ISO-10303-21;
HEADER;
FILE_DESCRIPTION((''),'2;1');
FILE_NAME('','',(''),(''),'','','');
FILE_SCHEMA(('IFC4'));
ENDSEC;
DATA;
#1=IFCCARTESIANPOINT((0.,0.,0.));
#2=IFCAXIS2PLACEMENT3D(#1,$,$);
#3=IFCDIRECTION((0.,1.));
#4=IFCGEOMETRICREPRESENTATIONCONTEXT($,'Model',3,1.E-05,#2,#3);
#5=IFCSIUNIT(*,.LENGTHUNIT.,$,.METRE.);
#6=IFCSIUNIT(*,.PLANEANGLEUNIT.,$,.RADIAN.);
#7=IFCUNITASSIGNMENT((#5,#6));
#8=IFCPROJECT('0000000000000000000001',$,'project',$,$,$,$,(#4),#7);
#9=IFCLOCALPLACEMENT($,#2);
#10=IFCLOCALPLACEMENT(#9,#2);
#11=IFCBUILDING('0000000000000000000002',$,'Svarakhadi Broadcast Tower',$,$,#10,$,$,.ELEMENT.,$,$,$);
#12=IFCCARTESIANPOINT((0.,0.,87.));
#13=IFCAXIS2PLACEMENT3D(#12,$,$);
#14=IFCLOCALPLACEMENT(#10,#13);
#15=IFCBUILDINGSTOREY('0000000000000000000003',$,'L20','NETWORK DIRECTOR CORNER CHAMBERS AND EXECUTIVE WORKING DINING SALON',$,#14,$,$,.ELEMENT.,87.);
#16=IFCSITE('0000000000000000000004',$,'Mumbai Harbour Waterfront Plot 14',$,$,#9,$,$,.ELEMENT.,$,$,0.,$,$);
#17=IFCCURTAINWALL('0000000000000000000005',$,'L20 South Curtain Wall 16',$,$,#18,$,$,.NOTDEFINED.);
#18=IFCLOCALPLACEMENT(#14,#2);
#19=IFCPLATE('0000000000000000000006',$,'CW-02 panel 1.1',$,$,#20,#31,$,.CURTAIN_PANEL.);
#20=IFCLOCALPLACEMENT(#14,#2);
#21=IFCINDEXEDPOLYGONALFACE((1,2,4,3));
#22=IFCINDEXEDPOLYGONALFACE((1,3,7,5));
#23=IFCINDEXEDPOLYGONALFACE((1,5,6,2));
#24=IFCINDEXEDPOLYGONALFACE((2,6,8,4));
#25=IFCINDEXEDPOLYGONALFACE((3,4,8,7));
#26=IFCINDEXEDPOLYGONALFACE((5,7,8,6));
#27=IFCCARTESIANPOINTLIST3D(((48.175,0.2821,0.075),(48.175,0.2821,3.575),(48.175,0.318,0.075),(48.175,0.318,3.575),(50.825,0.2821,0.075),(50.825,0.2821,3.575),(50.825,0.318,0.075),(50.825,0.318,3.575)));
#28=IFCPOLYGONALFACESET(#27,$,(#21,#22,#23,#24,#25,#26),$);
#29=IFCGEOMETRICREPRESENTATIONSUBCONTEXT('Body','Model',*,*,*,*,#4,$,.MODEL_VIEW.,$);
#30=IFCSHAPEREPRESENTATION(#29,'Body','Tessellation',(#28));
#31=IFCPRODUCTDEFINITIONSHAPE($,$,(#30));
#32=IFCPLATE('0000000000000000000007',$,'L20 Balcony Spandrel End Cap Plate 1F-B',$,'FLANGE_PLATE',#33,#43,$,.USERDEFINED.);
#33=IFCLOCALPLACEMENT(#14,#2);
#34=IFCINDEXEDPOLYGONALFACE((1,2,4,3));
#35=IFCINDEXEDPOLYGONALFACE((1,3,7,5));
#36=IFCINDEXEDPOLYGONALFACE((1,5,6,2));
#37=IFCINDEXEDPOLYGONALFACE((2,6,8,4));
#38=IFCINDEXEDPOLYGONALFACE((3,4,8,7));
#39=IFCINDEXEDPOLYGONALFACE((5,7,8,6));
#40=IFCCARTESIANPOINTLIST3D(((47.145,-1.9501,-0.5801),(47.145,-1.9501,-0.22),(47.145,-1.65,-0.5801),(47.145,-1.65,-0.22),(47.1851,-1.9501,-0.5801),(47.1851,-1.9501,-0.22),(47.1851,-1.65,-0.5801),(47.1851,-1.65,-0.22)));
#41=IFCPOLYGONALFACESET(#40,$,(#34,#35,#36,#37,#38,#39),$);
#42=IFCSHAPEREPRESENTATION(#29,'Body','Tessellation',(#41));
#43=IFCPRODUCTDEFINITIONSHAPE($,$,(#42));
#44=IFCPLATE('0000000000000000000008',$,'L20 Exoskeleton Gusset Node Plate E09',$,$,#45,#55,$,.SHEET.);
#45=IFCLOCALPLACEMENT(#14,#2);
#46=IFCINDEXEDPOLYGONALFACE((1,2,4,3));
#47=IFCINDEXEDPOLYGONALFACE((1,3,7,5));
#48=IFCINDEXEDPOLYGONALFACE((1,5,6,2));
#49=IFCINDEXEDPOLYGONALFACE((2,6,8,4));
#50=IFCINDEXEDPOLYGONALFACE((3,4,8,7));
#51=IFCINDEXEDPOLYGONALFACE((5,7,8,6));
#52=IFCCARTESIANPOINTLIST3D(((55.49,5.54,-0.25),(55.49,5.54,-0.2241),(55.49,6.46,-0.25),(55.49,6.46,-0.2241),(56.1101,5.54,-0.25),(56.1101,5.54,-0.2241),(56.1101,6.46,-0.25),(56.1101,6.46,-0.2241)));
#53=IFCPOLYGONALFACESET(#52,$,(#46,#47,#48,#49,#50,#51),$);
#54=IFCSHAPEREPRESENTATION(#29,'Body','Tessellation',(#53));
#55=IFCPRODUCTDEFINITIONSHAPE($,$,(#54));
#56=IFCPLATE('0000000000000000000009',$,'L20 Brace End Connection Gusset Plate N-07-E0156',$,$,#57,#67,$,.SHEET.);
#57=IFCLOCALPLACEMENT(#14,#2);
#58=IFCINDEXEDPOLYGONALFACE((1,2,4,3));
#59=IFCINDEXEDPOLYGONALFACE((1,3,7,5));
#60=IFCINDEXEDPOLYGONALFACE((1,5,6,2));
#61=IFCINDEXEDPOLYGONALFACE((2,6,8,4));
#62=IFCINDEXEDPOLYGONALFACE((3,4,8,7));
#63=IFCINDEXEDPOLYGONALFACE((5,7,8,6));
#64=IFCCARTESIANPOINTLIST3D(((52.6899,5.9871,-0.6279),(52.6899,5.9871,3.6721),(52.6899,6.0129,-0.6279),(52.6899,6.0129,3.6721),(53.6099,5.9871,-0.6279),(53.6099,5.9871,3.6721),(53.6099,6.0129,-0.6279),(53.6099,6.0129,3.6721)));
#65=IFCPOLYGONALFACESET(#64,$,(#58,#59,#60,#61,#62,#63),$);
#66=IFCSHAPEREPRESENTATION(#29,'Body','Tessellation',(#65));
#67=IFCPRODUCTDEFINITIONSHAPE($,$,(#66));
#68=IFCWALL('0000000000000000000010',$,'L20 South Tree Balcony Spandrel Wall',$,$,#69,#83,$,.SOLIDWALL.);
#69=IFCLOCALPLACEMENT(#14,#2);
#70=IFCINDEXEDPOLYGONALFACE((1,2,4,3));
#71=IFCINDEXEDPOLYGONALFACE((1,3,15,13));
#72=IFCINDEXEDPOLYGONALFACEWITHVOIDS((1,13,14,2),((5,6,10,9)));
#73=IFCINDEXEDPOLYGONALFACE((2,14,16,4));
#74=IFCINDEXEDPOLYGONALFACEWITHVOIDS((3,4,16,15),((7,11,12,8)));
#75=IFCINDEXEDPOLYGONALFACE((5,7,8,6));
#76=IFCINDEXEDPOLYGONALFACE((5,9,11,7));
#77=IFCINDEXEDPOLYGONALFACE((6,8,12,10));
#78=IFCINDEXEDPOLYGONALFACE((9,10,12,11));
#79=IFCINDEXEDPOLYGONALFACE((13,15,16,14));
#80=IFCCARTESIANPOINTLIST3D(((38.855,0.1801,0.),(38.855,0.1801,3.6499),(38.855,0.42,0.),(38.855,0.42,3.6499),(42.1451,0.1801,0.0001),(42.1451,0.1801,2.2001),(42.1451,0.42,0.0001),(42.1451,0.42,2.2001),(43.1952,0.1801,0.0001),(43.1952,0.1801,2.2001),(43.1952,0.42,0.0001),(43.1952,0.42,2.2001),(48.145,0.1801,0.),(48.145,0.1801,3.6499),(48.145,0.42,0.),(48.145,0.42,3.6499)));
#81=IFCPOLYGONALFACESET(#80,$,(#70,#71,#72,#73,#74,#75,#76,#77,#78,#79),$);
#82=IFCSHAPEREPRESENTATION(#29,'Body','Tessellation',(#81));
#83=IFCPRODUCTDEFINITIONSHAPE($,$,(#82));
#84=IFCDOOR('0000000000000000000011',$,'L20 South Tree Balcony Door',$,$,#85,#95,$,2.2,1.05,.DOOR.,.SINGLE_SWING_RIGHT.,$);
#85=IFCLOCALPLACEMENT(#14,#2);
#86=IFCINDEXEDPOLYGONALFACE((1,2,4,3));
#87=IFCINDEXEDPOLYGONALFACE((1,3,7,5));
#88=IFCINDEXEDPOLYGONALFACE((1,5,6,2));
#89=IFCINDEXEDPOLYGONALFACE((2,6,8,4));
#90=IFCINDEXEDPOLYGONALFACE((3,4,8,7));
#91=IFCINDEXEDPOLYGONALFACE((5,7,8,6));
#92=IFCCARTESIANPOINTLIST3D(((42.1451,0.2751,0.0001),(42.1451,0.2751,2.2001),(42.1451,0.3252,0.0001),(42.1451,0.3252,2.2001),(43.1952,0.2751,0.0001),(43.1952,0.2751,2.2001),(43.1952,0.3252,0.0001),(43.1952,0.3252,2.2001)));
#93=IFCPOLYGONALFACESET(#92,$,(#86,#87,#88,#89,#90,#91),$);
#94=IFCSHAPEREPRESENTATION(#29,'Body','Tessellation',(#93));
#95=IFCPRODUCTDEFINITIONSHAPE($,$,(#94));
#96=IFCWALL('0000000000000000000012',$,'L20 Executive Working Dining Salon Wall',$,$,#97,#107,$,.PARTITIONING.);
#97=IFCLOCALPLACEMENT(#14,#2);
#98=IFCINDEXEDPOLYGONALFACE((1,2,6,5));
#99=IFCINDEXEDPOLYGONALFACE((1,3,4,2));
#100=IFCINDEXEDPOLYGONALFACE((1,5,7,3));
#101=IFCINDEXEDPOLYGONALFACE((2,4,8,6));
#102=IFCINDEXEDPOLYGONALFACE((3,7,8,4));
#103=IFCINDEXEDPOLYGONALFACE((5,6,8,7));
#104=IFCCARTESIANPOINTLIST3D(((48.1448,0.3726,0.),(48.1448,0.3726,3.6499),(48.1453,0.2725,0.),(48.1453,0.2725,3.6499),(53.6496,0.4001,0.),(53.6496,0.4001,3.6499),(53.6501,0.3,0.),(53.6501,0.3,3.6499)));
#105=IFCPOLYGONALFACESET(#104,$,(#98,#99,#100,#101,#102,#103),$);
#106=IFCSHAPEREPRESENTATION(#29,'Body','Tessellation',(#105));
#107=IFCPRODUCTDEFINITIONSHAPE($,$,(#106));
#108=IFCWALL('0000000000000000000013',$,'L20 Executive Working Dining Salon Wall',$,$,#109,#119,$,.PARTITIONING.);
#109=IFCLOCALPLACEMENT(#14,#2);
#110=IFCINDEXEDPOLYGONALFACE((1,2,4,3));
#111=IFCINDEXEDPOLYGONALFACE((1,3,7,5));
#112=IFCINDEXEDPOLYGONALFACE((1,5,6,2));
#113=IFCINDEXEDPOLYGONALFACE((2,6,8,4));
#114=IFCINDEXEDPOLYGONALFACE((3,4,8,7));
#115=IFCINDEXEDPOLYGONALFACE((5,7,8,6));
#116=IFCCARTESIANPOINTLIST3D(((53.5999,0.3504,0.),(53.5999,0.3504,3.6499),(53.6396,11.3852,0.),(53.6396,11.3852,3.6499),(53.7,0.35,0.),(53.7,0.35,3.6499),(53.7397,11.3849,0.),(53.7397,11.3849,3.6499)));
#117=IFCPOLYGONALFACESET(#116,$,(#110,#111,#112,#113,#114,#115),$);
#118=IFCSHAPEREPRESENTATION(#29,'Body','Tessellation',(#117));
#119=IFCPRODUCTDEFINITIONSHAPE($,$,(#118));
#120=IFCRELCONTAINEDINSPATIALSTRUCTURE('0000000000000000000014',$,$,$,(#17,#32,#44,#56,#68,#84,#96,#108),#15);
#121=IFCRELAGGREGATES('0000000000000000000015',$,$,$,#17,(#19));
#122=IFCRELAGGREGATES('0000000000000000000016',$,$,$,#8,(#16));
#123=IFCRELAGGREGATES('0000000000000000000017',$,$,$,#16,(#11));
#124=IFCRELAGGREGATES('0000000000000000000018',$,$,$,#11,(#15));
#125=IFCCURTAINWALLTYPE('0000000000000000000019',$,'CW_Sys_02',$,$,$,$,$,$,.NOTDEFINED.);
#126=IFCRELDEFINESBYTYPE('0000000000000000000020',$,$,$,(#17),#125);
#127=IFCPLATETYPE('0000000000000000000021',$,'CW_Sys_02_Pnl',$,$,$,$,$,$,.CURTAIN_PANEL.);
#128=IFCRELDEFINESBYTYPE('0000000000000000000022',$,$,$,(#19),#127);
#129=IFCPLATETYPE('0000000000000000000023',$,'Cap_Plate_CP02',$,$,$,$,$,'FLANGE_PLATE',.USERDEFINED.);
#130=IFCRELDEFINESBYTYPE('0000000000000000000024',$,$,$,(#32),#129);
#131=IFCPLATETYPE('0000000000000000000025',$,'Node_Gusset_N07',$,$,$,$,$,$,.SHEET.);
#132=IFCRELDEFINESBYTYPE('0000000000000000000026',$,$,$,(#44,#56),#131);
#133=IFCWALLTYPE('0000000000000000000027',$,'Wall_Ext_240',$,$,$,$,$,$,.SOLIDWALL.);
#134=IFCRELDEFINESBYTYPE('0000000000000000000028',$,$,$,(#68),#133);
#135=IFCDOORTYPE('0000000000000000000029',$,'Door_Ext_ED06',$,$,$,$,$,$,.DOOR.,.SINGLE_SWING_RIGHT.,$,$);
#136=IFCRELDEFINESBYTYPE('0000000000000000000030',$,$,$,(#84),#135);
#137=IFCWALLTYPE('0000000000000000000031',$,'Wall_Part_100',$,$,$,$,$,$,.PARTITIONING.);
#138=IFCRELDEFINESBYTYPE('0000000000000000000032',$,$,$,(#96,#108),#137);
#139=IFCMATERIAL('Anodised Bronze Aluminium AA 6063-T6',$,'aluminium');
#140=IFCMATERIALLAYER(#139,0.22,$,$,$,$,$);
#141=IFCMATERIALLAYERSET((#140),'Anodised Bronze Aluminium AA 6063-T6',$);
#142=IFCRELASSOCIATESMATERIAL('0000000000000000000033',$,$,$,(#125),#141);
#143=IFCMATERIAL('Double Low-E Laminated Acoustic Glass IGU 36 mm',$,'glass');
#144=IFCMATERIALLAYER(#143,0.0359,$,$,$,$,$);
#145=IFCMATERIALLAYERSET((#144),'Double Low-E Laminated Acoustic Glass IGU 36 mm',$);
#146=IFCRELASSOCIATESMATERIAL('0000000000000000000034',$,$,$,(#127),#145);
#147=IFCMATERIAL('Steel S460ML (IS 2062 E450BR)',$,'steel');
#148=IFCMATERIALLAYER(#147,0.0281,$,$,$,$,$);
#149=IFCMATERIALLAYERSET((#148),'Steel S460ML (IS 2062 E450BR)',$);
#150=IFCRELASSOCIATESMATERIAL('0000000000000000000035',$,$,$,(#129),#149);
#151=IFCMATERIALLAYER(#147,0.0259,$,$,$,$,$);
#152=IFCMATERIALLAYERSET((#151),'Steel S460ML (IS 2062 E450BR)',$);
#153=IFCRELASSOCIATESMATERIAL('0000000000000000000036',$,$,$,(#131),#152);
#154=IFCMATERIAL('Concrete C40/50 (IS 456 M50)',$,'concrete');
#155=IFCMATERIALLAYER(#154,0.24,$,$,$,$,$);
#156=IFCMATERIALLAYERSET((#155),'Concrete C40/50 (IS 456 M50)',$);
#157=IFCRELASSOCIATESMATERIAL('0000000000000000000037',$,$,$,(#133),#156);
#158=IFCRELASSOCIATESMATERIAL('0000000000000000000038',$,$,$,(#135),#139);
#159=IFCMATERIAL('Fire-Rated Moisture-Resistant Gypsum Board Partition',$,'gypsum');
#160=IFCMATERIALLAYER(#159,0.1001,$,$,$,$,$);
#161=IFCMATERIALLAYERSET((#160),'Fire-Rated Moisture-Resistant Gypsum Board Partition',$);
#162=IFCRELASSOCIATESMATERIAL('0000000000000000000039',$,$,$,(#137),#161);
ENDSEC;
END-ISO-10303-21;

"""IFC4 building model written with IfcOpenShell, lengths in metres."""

from ifc_helpers import new_model, si_unit, direction, frame, frame_2d, origin, origin_2d, place, context, subcontext, project, spatial, rectangle, extrude, material, layer, layer_set, type_object, element, fill, aggregate, save


model = new_model("IFC4")

# Units and contexts
model_context = context("Model", 3, precision=1e-05, world=origin(), true_north=direction((0.0, 1.0)))
body_context = subcontext(model_context, "Body", "Model", "MODEL_VIEW")
ifc_project = project(units=[si_unit("LENGTHUNIT", "METRE"), si_unit("PLANEANGLEUNIT", "RADIAN")], contexts=[model_context])

# Site, building, storey
site_placement = place(None, origin())
site = spatial("IfcSite", under=ifc_project, at=site_placement, Name="Mumbai Harbour Waterfront Plot 14", CompositionType="ELEMENT", RefElevation=0.0)
building_placement = place(site_placement, origin())
building = spatial("IfcBuilding", under=site, at=building_placement, Name="Svarakhadi Broadcast Tower", CompositionType="ELEMENT")
storey_placement = place(building_placement, frame((0.0, 0.0, 87.0)))
storey = spatial("IfcBuildingStorey", under=building, at=storey_placement, Name="L20", Description="NETWORK DIRECTOR CORNER CHAMBERS AND EXECUTIVE WORKING DINING SALON", CompositionType="ELEMENT", Elevation=87.0)

# Curtain wall
ifc_material_1 = material(Name="Anodised Bronze Aluminium AA 6063-T6", Category="aluminium")
ifc_layer_1 = layer(ifc_material_1, 0.22)
ifc_layer_set_1 = layer_set([ifc_layer_1], Name="Anodised Bronze Aluminium AA 6063-T6")
curtain_wall_type = type_object("IfcCurtainWallType", Name="CW_Sys_02", PredefinedType="NOTDEFINED", material=ifc_layer_set_1)
curtain_wall_1_placement = place(storey_placement, origin())
curtain_wall_1 = element("IfcCurtainWall", 1, at=curtain_wall_1_placement, inside=storey, type_object=curtain_wall_type, Name="L20 South Curtain Wall 16", PredefinedType="NOTDEFINED")

# Shared definitions
ifc_material_2 = material(Name="Steel S460ML (IS 2062 E450BR)", Category="steel")

# Plate
ifc_material_3 = material(Name="Double Low-E Laminated Acoustic Glass IGU 36 mm", Category="glass")
ifc_layer_2 = layer(ifc_material_3, 0.0359)
ifc_layer_set_2 = layer_set([ifc_layer_2], Name="Double Low-E Laminated Acoustic Glass IGU 36 mm")
plate_type_1 = type_object("IfcPlateType", Name="CW_Sys_02_Pnl", PredefinedType="CURTAIN_PANEL", material=ifc_layer_set_2)
plate_1_placement = place(storey_placement, frame((49.5, 0.3, 0.075), z_axis=(0.0, 0.0, 1.0), x_axis=(-1.0, 0.0, 0.0)))
plate_1 = element("IfcPlate", 2, at=plate_1_placement, type_object=plate_type_1, Name="CW-02 panel 1.1", PredefinedType="CURTAIN_PANEL", context=body_context, shape_type="SweptSolid", body=[
    extrude(rectangle(XDim=2.6499, YDim=0.0359, at=origin_2d()), origin(), (0.0, 0.0, 1.0), 3.5),
])
aggregate(curtain_wall_1, [plate_1])

# Plates
ifc_layer_3 = layer(ifc_material_2, 0.0281)
ifc_layer_set_3 = layer_set([ifc_layer_3], Name="Steel S460ML (IS 2062 E450BR)")
plate_type_2 = type_object("IfcPlateType", Name="Cap_Plate_CP02", ElementType="FLANGE_PLATE", PredefinedType="USERDEFINED", material=ifc_layer_set_3)
plate_2_placement = place(storey_placement, frame((47.165, -1.8, -0.5801), z_axis=(0.0, 0.0, 1.0), x_axis=(1.0, 0.0, 0.0)))
element("IfcPlate", 3, at=plate_2_placement, inside=storey, type_object=plate_type_2, Name="L20 Balcony Spandrel End Cap Plate 1F-B", ObjectType="FLANGE_PLATE", PredefinedType="USERDEFINED", context=body_context, shape_type="SweptSolid", body=[
    extrude(rectangle(XDim=0.04, YDim=0.3, at=origin_2d()), origin(), (0.0, 0.0, 1.0), 0.3601),
])
ifc_layer_4 = layer(ifc_material_2, 0.0259)
ifc_layer_set_4 = layer_set([ifc_layer_4], Name="Steel S460ML (IS 2062 E450BR)")
plate_type_3 = type_object("IfcPlateType", Name="Node_Gusset_N07", PredefinedType="SHEET", material=ifc_layer_set_4)
plate_3_placement = place(storey_placement, frame((55.8, 6.0, -0.25), z_axis=(0.0, 0.0, 1.0), x_axis=(0.0, 1.0, 0.0)))
element("IfcPlate", 4, at=plate_3_placement, inside=storey, type_object=plate_type_3, Name="L20 Exoskeleton Gusset Node Plate E09", PredefinedType="SHEET", context=body_context, shape_type="SweptSolid", body=[
    extrude(rectangle(XDim=0.9199, YDim=0.6201, at=origin_2d()), origin(), (0.0, 0.0, 1.0), 0.0259),
])
plate_4_placement = place(storey_placement, frame((53.1499, 6.0, -0.6279), z_axis=(0.0, 0.0, 1.0), x_axis=(1.0, 0.0, 0.0)))
element("IfcPlate", 5, at=plate_4_placement, inside=storey, type_object=plate_type_3, Name="L20 Brace End Connection Gusset Plate N-07-E0156", PredefinedType="SHEET", context=body_context, shape_type="SweptSolid", body=[
    extrude(rectangle(XDim=0.9199, YDim=0.0259, at=origin_2d()), origin(), (0.0, 0.0, 1.0), 4.3),
])

# Wall, opening, door
ifc_material_4 = material(Name="Concrete C40/50 (IS 456 M50)", Category="concrete")
ifc_layer_5 = layer(ifc_material_4, 0.24)
ifc_layer_set_5 = layer_set([ifc_layer_5], Name="Concrete C40/50 (IS 456 M50)")
wall_type_1 = type_object("IfcWallType", Name="Wall_Ext_240", PredefinedType="SOLIDWALL", material=ifc_layer_set_5)
wall_1_placement = place(storey_placement, frame((48.145, 0.3, 0.0), z_axis=(0.0, 0.0, 1.0), x_axis=(-1.0, 0.0, 0.0)))
wall_1 = element("IfcWall", 6, at=wall_1_placement, inside=storey, type_object=wall_type_1, Name="L20 South Tree Balcony Spandrel Wall", PredefinedType="SOLIDWALL", context=body_context, shape_type="SweptSolid", body=[
    extrude(rectangle(XDim=9.29, YDim=0.24, at=frame_2d((4.645, 0.0))), origin(), (0.0, 0.0, 1.0), 3.6499),
])
opening_placement = place(wall_1_placement, frame((4.95, 0.0, 0.0)))
opening = element("IfcOpeningElement", 7, at=opening_placement, cuts=wall_1, PredefinedType="OPENING", context=body_context, shape_type="SweptSolid", body=[
    extrude(rectangle(XDim=1.05, YDim=2.2, at=frame_2d((0.5249, 1.1001))), frame((0.0, 0.1299, 0.0), z_axis=(0.0, -1.0, 0.0), x_axis=(1.0, 0.0, 0.0)), (0.0, 0.0, 1.0), 0.26),
])
door_type = type_object("IfcDoorType", Name="Door_Ext_ED06", OperationType="SINGLE_SWING_RIGHT", PredefinedType="DOOR", material=ifc_material_1)
door_placement = place(opening_placement, origin())
door = element("IfcDoor", 8, at=door_placement, inside=storey, type_object=door_type, Name="L20 South Tree Balcony Door", OperationType="SINGLE_SWING_RIGHT", OverallHeight=2.2, OverallWidth=1.05, PredefinedType="DOOR", context=body_context, shape_type="SweptSolid", body=[
    extrude(rectangle(XDim=1.05, YDim=2.2, at=frame_2d((0.5249, 1.1001))), frame((0.0, 0.0249, 0.0), z_axis=(0.0, -1.0, 0.0), x_axis=(1.0, 0.0, 0.0)), (0.0, 0.0, 1.0), 0.05),
])
fill(opening, door)

# Walls
ifc_material_5 = material(Name="Fire-Rated Moisture-Resistant Gypsum Board Partition", Category="gypsum")
ifc_layer_6 = layer(ifc_material_5, 0.1001)
ifc_layer_set_6 = layer_set([ifc_layer_6], Name="Fire-Rated Moisture-Resistant Gypsum Board Partition")
wall_type_2 = type_object("IfcWallType", Name="Wall_Part_100", PredefinedType="PARTITIONING", material=ifc_layer_set_6)
wall_2_placement = place(storey_placement, frame((48.145, 0.3225, 0.0), z_axis=(0.0, 0.0, 1.0), x_axis=(0.999987, 0.005011, 0.0)))
element("IfcWall", 9, at=wall_2_placement, inside=storey, type_object=wall_type_2, Name="L20 Executive Working Dining Salon Wall", PredefinedType="PARTITIONING", context=body_context, shape_type="SweptSolid", body=[
    extrude(rectangle(XDim=5.5049, YDim=0.1001, at=frame_2d((2.7524, 0.0))), origin(), (0.0, 0.0, 1.0), 3.6499),
])
wall_3_placement = place(storey_placement, frame((53.6499, 0.3501, 0.0), z_axis=(0.0, 0.0, 1.0), x_axis=(0.003606, 0.999993, 0.0)))
element("IfcWall", 10, at=wall_3_placement, inside=storey, type_object=wall_type_2, Name="L20 Executive Working Dining Salon Wall", PredefinedType="PARTITIONING", context=body_context, shape_type="SweptSolid", body=[
    extrude(rectangle(XDim=11.0349, YDim=0.1001, at=frame_2d((5.5176, 0.0))), origin(), (0.0, 0.0, 1.0), 3.6499),
])

save(model, "model.ifc")
